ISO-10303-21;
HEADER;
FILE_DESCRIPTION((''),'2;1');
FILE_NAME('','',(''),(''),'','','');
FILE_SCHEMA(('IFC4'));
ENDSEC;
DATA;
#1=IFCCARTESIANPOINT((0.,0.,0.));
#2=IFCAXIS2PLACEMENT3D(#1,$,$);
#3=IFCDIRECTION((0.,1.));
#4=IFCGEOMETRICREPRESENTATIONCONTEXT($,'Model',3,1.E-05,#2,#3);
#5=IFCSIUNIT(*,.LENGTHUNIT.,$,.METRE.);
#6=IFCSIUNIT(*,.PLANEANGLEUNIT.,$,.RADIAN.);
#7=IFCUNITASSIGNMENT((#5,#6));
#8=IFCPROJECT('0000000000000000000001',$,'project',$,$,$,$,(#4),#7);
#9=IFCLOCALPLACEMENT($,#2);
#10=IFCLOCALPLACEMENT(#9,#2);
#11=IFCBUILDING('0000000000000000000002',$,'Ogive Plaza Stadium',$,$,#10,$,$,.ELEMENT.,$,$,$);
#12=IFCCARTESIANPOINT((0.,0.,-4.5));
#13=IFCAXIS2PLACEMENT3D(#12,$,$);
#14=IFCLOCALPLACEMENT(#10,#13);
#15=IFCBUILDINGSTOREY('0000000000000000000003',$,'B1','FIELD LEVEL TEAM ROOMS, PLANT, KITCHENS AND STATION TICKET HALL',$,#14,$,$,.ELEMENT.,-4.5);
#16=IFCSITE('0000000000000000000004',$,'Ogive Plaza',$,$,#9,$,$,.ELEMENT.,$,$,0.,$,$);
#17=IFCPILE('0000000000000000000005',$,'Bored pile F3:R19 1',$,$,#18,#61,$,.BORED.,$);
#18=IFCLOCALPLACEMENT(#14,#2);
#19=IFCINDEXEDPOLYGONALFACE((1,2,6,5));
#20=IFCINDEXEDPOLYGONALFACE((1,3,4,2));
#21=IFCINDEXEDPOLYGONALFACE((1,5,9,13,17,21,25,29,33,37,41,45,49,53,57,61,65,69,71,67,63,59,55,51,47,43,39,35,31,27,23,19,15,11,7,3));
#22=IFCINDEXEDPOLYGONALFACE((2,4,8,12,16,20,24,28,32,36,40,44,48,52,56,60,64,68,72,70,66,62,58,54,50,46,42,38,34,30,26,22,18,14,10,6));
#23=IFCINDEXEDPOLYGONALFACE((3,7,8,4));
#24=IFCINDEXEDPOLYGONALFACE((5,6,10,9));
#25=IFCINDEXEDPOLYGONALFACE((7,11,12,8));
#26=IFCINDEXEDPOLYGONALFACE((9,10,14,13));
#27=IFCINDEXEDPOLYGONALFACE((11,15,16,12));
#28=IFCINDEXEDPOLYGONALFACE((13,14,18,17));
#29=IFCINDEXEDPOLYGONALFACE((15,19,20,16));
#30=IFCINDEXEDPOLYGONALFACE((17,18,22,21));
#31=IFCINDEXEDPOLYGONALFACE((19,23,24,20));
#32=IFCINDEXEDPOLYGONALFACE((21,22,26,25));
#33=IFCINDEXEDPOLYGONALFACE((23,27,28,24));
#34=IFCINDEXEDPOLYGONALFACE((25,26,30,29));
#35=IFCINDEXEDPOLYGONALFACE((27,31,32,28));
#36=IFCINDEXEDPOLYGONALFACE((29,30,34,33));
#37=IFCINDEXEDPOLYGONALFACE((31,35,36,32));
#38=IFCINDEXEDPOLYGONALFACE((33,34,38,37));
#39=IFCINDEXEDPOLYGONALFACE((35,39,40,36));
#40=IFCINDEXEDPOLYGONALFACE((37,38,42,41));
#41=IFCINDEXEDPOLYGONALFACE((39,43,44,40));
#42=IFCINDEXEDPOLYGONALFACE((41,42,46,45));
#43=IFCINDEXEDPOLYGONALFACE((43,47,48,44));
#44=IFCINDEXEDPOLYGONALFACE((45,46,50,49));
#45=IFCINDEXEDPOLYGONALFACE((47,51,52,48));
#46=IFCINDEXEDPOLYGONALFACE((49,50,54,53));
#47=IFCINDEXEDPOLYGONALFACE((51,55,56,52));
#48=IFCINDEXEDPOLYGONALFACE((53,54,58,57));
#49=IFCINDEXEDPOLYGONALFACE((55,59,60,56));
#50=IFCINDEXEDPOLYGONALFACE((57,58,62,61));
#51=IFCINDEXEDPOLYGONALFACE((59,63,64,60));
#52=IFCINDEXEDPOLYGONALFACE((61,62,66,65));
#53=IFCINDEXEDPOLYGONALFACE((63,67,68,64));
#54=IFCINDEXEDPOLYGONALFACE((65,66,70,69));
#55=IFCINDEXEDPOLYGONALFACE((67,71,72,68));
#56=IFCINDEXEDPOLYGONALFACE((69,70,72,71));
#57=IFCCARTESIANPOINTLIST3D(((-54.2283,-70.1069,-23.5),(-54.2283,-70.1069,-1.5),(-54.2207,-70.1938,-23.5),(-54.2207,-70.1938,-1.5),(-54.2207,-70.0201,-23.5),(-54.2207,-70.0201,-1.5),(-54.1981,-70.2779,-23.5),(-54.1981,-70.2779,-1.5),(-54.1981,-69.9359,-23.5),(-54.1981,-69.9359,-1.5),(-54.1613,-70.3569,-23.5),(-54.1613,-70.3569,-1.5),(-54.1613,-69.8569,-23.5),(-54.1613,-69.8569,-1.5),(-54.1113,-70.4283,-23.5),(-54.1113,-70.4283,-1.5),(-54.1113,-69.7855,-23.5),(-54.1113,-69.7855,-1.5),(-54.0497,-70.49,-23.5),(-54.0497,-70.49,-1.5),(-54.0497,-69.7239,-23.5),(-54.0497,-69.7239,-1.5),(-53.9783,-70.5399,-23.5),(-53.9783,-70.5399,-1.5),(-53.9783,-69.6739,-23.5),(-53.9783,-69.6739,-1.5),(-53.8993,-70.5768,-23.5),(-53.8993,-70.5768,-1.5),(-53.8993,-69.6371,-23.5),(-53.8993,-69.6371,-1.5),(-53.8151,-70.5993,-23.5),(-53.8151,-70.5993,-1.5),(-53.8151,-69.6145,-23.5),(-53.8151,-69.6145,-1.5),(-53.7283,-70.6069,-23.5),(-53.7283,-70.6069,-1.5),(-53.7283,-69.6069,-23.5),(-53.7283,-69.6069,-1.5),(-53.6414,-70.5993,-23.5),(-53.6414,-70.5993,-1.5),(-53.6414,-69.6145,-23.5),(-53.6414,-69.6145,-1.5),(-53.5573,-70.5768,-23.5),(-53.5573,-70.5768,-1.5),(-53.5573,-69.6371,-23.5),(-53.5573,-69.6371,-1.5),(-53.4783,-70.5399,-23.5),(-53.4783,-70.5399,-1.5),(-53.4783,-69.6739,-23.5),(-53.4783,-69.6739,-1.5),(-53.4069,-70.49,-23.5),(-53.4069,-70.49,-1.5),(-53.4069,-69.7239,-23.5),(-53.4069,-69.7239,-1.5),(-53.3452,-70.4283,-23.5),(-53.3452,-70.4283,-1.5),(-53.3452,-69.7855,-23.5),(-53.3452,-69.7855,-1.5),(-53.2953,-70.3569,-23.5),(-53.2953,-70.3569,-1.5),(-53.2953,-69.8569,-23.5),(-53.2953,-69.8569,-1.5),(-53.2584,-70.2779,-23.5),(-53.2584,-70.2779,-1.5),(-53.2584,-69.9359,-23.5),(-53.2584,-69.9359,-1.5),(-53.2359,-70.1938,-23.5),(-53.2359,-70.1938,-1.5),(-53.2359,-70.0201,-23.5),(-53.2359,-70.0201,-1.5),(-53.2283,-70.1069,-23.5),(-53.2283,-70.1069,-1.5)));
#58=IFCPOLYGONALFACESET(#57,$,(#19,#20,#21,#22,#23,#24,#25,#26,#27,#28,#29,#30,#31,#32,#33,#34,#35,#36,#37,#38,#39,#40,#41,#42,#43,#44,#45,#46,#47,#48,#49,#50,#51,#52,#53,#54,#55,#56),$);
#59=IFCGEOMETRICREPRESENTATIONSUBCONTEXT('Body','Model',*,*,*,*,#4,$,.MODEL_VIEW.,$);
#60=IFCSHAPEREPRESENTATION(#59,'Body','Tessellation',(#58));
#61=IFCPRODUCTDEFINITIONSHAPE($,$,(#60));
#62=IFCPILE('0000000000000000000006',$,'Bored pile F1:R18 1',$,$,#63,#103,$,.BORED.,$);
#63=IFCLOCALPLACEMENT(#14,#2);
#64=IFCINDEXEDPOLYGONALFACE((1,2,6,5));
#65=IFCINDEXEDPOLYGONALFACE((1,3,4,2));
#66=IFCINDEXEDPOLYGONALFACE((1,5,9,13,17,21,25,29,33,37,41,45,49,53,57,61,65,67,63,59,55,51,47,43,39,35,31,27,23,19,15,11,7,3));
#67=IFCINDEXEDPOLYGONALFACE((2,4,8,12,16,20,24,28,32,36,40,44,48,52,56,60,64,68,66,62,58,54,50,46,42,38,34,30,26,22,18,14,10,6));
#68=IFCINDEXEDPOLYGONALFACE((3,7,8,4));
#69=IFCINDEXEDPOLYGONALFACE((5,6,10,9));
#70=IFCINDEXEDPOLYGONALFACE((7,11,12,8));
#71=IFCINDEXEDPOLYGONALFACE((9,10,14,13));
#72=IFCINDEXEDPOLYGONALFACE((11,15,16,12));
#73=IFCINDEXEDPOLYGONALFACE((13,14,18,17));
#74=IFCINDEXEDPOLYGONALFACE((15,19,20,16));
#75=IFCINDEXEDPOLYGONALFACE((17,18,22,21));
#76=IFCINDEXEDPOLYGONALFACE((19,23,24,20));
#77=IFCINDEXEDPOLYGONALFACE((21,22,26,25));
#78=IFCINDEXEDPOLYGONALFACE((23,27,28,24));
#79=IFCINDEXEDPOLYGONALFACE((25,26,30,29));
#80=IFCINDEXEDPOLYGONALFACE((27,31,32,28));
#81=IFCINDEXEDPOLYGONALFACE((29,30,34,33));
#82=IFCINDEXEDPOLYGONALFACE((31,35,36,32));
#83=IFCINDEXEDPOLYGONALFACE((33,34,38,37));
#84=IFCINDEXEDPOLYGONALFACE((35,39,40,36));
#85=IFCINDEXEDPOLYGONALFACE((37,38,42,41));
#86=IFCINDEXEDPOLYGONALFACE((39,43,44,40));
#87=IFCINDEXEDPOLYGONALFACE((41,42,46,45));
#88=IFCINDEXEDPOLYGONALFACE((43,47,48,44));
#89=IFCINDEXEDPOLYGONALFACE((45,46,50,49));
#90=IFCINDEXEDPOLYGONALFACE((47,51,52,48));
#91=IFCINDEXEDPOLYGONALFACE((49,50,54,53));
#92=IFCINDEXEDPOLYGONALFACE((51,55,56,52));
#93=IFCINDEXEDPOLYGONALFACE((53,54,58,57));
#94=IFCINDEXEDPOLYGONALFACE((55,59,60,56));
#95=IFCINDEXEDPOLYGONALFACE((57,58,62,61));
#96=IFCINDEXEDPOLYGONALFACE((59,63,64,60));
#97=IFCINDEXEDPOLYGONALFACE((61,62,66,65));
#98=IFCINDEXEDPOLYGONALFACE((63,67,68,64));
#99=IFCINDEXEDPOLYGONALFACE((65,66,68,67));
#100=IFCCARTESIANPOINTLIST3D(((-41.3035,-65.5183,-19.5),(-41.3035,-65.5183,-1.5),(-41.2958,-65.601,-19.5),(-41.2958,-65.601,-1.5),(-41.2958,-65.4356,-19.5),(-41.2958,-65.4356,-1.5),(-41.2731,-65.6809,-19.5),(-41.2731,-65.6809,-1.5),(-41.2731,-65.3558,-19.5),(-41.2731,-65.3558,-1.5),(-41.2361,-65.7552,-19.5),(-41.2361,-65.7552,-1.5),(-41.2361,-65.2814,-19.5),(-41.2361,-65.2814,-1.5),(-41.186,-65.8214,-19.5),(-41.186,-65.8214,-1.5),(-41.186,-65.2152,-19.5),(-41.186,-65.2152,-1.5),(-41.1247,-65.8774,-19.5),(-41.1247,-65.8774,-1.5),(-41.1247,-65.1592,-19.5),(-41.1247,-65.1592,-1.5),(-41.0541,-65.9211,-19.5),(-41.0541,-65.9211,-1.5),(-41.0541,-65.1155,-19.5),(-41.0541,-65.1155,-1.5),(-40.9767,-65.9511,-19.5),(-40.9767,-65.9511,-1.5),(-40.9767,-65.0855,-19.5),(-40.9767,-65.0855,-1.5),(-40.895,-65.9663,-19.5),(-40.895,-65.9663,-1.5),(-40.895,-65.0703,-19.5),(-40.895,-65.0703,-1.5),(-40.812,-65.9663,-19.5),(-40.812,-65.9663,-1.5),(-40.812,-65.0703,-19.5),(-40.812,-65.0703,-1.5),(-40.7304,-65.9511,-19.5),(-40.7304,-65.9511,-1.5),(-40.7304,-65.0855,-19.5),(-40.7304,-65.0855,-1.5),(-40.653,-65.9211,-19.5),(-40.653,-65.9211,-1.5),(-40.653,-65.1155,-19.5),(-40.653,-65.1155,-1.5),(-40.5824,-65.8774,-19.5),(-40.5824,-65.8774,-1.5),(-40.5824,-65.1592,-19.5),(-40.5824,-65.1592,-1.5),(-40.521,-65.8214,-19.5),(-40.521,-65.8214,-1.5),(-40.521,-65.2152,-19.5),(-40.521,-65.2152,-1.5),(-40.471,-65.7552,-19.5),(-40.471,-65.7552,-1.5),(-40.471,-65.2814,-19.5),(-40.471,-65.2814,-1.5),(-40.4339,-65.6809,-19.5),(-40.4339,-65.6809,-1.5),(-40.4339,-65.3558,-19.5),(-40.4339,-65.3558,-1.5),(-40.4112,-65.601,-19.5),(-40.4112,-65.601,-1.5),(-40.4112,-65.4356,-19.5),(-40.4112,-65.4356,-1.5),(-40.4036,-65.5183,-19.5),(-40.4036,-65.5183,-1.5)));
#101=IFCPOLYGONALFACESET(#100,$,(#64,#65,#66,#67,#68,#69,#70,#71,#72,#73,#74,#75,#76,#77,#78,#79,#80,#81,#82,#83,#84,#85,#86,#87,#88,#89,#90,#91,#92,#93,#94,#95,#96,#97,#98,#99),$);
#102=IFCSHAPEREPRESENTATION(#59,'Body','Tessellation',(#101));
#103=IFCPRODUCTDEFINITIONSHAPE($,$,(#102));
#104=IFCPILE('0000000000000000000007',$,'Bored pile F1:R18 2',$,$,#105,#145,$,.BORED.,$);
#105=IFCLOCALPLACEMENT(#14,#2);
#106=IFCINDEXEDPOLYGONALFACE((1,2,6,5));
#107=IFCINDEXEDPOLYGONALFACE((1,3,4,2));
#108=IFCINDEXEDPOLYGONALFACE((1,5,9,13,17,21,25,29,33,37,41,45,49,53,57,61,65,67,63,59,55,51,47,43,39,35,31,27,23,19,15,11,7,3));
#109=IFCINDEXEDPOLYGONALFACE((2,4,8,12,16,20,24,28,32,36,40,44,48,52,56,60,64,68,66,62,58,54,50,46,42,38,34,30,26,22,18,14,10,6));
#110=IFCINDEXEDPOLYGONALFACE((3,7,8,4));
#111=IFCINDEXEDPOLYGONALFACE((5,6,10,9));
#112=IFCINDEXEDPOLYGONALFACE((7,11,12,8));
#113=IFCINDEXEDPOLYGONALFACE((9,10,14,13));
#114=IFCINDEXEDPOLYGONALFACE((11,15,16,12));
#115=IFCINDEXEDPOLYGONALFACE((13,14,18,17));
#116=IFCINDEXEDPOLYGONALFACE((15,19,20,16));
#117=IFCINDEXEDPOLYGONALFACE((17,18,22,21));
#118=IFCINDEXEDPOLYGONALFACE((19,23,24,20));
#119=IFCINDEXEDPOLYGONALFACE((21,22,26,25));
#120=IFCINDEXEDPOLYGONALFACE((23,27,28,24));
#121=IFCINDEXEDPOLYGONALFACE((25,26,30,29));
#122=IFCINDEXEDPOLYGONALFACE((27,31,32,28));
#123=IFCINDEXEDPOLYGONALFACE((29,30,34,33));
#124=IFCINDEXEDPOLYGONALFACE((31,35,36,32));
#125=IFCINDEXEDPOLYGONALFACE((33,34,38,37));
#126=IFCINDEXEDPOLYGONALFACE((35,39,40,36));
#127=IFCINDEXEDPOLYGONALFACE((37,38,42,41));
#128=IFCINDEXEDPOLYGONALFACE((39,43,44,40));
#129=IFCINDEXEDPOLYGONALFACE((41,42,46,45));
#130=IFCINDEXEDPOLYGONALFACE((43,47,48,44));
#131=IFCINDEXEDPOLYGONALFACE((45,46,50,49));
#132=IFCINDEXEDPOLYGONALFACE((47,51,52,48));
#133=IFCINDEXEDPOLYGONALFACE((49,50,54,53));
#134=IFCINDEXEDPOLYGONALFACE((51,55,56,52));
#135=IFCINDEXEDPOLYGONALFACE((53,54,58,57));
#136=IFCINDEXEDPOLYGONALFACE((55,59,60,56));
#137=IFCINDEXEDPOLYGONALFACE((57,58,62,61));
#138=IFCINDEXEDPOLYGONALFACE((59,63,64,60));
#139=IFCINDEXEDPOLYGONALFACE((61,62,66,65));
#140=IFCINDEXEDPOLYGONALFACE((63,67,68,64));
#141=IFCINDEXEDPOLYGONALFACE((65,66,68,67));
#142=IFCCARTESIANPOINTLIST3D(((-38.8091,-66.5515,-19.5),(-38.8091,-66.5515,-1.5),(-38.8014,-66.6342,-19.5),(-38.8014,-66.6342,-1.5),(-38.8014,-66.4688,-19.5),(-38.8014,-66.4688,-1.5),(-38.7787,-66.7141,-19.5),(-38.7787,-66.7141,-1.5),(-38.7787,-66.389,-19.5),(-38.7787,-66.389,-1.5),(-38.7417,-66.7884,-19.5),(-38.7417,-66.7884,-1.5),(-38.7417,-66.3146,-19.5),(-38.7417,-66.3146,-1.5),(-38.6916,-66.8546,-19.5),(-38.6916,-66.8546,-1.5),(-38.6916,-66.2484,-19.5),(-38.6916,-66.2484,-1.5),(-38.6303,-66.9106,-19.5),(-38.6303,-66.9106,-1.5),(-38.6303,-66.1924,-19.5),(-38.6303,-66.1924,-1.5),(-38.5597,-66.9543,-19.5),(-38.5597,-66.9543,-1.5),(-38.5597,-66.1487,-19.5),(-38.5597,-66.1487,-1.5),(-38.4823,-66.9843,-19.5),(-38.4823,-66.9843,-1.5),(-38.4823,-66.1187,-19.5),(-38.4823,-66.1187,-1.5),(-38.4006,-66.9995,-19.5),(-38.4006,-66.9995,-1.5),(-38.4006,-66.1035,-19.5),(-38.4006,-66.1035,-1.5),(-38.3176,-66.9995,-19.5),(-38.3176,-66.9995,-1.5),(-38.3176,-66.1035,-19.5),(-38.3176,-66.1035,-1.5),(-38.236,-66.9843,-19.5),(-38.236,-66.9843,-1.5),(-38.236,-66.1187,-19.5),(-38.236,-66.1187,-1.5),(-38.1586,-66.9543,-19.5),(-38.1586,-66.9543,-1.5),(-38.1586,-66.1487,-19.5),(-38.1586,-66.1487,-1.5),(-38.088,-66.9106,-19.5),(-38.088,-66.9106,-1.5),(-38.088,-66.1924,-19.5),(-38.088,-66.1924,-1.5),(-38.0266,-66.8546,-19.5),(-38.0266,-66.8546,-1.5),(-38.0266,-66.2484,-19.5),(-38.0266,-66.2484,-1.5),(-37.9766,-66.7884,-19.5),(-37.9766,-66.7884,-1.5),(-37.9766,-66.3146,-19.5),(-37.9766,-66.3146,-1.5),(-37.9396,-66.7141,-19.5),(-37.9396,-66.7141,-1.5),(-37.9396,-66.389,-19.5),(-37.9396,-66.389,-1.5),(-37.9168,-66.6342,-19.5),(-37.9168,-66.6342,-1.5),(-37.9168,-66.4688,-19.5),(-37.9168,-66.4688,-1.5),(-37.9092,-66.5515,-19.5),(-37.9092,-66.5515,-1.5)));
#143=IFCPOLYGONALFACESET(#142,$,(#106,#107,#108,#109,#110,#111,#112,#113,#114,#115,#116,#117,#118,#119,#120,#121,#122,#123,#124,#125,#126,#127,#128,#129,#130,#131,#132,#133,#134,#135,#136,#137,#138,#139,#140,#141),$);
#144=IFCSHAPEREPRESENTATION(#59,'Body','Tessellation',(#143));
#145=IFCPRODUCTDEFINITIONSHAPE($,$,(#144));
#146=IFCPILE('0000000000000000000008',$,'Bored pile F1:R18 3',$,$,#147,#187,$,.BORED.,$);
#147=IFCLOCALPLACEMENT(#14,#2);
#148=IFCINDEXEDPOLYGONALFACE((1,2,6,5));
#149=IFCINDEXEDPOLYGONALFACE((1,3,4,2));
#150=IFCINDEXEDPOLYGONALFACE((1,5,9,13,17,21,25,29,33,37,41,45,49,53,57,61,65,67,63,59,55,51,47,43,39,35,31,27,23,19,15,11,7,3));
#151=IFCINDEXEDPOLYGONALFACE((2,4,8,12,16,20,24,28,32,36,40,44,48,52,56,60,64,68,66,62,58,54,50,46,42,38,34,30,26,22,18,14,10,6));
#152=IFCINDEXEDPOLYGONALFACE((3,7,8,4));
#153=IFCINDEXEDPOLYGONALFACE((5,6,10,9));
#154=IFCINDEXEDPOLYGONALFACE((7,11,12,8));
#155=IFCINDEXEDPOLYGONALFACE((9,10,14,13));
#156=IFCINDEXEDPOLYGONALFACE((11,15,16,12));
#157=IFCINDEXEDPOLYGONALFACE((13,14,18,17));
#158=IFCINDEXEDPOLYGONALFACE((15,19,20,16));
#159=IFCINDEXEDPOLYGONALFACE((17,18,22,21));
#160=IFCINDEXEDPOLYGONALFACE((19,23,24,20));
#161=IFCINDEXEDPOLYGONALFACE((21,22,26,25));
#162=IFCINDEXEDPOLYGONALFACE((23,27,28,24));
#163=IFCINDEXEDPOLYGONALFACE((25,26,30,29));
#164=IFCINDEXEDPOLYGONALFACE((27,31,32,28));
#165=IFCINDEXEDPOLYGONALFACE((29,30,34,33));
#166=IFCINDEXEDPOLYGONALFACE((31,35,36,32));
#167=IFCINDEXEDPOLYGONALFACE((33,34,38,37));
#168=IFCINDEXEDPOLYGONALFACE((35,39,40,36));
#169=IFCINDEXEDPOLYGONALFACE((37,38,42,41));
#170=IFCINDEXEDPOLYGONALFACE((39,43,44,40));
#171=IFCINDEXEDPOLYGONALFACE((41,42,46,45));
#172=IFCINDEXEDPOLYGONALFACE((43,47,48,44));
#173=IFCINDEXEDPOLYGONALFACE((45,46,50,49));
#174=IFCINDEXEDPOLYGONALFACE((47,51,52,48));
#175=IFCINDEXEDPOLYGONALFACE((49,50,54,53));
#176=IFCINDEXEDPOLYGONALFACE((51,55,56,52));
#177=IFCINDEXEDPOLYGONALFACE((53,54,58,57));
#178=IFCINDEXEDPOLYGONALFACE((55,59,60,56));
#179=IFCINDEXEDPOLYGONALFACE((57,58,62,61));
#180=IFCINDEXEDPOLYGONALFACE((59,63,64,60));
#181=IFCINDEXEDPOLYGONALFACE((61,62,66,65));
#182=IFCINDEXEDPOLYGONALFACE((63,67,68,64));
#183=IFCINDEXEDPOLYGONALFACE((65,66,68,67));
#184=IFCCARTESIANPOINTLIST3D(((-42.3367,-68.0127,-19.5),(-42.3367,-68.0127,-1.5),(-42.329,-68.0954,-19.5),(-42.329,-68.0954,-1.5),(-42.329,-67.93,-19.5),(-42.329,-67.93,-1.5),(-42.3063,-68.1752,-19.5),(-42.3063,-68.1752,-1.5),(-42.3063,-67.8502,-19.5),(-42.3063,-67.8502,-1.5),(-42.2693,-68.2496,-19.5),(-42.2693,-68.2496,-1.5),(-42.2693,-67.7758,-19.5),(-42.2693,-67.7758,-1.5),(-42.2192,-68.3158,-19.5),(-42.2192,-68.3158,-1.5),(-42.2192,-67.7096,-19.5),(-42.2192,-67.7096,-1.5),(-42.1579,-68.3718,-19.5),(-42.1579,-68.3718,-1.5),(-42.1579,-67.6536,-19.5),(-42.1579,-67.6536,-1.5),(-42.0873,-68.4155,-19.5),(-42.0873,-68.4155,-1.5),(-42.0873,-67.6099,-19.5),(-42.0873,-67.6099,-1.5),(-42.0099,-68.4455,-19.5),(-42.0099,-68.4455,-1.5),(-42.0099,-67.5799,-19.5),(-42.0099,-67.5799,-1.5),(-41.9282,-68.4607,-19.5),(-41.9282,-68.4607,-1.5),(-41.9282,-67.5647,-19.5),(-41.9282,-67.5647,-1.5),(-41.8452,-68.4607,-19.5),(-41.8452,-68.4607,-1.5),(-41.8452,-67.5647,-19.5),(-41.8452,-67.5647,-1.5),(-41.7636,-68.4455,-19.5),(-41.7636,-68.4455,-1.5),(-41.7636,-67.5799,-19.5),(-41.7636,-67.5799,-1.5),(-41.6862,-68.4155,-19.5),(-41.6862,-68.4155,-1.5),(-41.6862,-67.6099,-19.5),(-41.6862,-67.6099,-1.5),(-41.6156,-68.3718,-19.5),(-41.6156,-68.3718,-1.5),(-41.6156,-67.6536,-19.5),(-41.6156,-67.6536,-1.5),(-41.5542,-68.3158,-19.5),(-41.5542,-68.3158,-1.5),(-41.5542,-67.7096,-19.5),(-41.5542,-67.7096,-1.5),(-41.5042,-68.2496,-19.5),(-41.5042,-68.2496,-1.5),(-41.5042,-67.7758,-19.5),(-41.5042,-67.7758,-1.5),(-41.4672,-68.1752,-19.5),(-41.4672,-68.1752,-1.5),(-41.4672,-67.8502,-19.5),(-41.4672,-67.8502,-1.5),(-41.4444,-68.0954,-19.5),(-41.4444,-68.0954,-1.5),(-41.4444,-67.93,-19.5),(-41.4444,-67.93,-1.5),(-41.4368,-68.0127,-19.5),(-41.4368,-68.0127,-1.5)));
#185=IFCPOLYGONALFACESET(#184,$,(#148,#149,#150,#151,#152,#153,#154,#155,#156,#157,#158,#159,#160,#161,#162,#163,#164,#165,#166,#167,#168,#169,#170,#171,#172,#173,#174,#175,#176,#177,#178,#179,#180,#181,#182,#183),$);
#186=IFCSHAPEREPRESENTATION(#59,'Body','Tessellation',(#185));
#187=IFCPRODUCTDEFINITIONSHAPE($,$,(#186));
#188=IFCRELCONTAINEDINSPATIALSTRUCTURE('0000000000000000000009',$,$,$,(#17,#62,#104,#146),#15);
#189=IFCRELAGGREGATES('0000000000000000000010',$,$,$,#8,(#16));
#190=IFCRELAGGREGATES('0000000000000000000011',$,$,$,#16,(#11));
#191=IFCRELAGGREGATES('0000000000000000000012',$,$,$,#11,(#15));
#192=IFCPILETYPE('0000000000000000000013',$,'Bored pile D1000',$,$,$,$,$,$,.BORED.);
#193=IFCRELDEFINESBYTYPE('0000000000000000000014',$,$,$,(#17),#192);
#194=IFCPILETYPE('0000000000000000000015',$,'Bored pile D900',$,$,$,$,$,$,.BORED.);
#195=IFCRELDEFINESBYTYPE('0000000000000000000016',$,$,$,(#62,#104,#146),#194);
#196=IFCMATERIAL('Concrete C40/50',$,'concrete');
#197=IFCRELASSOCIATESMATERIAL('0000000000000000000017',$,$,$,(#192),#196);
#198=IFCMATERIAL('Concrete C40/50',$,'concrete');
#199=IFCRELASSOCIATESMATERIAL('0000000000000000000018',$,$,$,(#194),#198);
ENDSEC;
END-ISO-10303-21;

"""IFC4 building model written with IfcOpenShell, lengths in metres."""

from ifc_helpers import new_model, si_unit, direction, frame, origin, origin_2d, place, context, subcontext, project, spatial, circle, extrude, material, material_profile, profile_set, type_object, element, save


model = new_model("IFC4")

# Units and contexts
model_context = context("Model", 3, precision=1e-05, world=origin(), true_north=direction((0.0, 1.0)))
body_context = subcontext(model_context, "Body", "Model", "MODEL_VIEW")
ifc_project = project(units=[si_unit("LENGTHUNIT", "METRE"), si_unit("PLANEANGLEUNIT", "RADIAN")], contexts=[model_context])

# Site, building, storey
site_placement = place(None, origin())
site = spatial("IfcSite", under=ifc_project, at=site_placement, Name="Ogive Plaza", CompositionType="ELEMENT", RefElevation=0.0)
building_placement = place(site_placement, origin())
building = spatial("IfcBuilding", under=site, at=building_placement, Name="Ogive Plaza Stadium", CompositionType="ELEMENT")
storey_placement = place(building_placement, frame((0.0, 0.0, -4.5)))
storey = spatial("IfcBuildingStorey", under=building, at=storey_placement, Name="B1", Description="FIELD LEVEL TEAM ROOMS, PLANT, KITCHENS AND STATION TICKET HALL", CompositionType="ELEMENT", Elevation=-4.5)

# Piles
ifc_material_1 = material(Name="Concrete C40/50", Category="concrete")
ifc_material_profile_1 = material_profile(ifc_material_1, circle(Radius=0.5, at=origin_2d()), Name="RC D1000")
ifc_profile_set_1 = profile_set([ifc_material_profile_1], Name="Concrete C40/50")
pile_type_1 = type_object("IfcPileType", Name="Bored pile D1000", PredefinedType="BORED", material=ifc_profile_set_1)
pile_placement = place(storey_placement, frame((-53.7283, -70.1069, -1.5), z_axis=(0.0, 0.0, -1.0), x_axis=(1.0, 0.0, 0.0)))
element("IfcPile", 1, at=pile_placement, inside=storey, type_object=pile_type_1, Name="Bored pile F3:R19 1", PredefinedType="BORED", context=body_context, shape_type="SweptSolid", body=[
    extrude(circle(Radius=0.5, at=origin_2d()), origin(), (0.0, 0.0, 1.0), 22.0),
])
ifc_material_2 = material(Name="Concrete C40/50", Category="concrete")
ifc_material_profile_2 = material_profile(ifc_material_2, circle(Radius=0.45, at=origin_2d()), Name="RC D900")
ifc_profile_set_2 = profile_set([ifc_material_profile_2], Name="Concrete C40/50")
pile_type_2 = type_object("IfcPileType", Name="Bored pile D900", PredefinedType="BORED", material=ifc_profile_set_2)
for number, where, z_axis, x_axis, name in (
    (2, (-40.8535, -65.5183, -1.5), (0.0, 0.0, -1.0), (1.0, 0.0, 0.0), "Bored pile F1:R18 1"),
    (3, (-38.3591, -66.5515, -1.5), (0.0, 0.0, -1.0), (1.0, 0.0, 0.0), "Bored pile F1:R18 2"),
    (4, (-41.8867, -68.0127, -1.5), (0.0, 0.0, -1.0), (1.0, 0.0, 0.0), "Bored pile F1:R18 3"),
):
    element("IfcPile", number, at=place(storey_placement, frame(where, z_axis=z_axis, x_axis=x_axis)), inside=storey, type_object=pile_type_2, Name=name, PredefinedType="BORED", context=body_context, shape_type="SweptSolid", body=[
        extrude(circle(Radius=0.45, at=origin_2d()), origin(), (0.0, 0.0, 1.0), 18.0),
    ])

save(model, "model.ifc")
